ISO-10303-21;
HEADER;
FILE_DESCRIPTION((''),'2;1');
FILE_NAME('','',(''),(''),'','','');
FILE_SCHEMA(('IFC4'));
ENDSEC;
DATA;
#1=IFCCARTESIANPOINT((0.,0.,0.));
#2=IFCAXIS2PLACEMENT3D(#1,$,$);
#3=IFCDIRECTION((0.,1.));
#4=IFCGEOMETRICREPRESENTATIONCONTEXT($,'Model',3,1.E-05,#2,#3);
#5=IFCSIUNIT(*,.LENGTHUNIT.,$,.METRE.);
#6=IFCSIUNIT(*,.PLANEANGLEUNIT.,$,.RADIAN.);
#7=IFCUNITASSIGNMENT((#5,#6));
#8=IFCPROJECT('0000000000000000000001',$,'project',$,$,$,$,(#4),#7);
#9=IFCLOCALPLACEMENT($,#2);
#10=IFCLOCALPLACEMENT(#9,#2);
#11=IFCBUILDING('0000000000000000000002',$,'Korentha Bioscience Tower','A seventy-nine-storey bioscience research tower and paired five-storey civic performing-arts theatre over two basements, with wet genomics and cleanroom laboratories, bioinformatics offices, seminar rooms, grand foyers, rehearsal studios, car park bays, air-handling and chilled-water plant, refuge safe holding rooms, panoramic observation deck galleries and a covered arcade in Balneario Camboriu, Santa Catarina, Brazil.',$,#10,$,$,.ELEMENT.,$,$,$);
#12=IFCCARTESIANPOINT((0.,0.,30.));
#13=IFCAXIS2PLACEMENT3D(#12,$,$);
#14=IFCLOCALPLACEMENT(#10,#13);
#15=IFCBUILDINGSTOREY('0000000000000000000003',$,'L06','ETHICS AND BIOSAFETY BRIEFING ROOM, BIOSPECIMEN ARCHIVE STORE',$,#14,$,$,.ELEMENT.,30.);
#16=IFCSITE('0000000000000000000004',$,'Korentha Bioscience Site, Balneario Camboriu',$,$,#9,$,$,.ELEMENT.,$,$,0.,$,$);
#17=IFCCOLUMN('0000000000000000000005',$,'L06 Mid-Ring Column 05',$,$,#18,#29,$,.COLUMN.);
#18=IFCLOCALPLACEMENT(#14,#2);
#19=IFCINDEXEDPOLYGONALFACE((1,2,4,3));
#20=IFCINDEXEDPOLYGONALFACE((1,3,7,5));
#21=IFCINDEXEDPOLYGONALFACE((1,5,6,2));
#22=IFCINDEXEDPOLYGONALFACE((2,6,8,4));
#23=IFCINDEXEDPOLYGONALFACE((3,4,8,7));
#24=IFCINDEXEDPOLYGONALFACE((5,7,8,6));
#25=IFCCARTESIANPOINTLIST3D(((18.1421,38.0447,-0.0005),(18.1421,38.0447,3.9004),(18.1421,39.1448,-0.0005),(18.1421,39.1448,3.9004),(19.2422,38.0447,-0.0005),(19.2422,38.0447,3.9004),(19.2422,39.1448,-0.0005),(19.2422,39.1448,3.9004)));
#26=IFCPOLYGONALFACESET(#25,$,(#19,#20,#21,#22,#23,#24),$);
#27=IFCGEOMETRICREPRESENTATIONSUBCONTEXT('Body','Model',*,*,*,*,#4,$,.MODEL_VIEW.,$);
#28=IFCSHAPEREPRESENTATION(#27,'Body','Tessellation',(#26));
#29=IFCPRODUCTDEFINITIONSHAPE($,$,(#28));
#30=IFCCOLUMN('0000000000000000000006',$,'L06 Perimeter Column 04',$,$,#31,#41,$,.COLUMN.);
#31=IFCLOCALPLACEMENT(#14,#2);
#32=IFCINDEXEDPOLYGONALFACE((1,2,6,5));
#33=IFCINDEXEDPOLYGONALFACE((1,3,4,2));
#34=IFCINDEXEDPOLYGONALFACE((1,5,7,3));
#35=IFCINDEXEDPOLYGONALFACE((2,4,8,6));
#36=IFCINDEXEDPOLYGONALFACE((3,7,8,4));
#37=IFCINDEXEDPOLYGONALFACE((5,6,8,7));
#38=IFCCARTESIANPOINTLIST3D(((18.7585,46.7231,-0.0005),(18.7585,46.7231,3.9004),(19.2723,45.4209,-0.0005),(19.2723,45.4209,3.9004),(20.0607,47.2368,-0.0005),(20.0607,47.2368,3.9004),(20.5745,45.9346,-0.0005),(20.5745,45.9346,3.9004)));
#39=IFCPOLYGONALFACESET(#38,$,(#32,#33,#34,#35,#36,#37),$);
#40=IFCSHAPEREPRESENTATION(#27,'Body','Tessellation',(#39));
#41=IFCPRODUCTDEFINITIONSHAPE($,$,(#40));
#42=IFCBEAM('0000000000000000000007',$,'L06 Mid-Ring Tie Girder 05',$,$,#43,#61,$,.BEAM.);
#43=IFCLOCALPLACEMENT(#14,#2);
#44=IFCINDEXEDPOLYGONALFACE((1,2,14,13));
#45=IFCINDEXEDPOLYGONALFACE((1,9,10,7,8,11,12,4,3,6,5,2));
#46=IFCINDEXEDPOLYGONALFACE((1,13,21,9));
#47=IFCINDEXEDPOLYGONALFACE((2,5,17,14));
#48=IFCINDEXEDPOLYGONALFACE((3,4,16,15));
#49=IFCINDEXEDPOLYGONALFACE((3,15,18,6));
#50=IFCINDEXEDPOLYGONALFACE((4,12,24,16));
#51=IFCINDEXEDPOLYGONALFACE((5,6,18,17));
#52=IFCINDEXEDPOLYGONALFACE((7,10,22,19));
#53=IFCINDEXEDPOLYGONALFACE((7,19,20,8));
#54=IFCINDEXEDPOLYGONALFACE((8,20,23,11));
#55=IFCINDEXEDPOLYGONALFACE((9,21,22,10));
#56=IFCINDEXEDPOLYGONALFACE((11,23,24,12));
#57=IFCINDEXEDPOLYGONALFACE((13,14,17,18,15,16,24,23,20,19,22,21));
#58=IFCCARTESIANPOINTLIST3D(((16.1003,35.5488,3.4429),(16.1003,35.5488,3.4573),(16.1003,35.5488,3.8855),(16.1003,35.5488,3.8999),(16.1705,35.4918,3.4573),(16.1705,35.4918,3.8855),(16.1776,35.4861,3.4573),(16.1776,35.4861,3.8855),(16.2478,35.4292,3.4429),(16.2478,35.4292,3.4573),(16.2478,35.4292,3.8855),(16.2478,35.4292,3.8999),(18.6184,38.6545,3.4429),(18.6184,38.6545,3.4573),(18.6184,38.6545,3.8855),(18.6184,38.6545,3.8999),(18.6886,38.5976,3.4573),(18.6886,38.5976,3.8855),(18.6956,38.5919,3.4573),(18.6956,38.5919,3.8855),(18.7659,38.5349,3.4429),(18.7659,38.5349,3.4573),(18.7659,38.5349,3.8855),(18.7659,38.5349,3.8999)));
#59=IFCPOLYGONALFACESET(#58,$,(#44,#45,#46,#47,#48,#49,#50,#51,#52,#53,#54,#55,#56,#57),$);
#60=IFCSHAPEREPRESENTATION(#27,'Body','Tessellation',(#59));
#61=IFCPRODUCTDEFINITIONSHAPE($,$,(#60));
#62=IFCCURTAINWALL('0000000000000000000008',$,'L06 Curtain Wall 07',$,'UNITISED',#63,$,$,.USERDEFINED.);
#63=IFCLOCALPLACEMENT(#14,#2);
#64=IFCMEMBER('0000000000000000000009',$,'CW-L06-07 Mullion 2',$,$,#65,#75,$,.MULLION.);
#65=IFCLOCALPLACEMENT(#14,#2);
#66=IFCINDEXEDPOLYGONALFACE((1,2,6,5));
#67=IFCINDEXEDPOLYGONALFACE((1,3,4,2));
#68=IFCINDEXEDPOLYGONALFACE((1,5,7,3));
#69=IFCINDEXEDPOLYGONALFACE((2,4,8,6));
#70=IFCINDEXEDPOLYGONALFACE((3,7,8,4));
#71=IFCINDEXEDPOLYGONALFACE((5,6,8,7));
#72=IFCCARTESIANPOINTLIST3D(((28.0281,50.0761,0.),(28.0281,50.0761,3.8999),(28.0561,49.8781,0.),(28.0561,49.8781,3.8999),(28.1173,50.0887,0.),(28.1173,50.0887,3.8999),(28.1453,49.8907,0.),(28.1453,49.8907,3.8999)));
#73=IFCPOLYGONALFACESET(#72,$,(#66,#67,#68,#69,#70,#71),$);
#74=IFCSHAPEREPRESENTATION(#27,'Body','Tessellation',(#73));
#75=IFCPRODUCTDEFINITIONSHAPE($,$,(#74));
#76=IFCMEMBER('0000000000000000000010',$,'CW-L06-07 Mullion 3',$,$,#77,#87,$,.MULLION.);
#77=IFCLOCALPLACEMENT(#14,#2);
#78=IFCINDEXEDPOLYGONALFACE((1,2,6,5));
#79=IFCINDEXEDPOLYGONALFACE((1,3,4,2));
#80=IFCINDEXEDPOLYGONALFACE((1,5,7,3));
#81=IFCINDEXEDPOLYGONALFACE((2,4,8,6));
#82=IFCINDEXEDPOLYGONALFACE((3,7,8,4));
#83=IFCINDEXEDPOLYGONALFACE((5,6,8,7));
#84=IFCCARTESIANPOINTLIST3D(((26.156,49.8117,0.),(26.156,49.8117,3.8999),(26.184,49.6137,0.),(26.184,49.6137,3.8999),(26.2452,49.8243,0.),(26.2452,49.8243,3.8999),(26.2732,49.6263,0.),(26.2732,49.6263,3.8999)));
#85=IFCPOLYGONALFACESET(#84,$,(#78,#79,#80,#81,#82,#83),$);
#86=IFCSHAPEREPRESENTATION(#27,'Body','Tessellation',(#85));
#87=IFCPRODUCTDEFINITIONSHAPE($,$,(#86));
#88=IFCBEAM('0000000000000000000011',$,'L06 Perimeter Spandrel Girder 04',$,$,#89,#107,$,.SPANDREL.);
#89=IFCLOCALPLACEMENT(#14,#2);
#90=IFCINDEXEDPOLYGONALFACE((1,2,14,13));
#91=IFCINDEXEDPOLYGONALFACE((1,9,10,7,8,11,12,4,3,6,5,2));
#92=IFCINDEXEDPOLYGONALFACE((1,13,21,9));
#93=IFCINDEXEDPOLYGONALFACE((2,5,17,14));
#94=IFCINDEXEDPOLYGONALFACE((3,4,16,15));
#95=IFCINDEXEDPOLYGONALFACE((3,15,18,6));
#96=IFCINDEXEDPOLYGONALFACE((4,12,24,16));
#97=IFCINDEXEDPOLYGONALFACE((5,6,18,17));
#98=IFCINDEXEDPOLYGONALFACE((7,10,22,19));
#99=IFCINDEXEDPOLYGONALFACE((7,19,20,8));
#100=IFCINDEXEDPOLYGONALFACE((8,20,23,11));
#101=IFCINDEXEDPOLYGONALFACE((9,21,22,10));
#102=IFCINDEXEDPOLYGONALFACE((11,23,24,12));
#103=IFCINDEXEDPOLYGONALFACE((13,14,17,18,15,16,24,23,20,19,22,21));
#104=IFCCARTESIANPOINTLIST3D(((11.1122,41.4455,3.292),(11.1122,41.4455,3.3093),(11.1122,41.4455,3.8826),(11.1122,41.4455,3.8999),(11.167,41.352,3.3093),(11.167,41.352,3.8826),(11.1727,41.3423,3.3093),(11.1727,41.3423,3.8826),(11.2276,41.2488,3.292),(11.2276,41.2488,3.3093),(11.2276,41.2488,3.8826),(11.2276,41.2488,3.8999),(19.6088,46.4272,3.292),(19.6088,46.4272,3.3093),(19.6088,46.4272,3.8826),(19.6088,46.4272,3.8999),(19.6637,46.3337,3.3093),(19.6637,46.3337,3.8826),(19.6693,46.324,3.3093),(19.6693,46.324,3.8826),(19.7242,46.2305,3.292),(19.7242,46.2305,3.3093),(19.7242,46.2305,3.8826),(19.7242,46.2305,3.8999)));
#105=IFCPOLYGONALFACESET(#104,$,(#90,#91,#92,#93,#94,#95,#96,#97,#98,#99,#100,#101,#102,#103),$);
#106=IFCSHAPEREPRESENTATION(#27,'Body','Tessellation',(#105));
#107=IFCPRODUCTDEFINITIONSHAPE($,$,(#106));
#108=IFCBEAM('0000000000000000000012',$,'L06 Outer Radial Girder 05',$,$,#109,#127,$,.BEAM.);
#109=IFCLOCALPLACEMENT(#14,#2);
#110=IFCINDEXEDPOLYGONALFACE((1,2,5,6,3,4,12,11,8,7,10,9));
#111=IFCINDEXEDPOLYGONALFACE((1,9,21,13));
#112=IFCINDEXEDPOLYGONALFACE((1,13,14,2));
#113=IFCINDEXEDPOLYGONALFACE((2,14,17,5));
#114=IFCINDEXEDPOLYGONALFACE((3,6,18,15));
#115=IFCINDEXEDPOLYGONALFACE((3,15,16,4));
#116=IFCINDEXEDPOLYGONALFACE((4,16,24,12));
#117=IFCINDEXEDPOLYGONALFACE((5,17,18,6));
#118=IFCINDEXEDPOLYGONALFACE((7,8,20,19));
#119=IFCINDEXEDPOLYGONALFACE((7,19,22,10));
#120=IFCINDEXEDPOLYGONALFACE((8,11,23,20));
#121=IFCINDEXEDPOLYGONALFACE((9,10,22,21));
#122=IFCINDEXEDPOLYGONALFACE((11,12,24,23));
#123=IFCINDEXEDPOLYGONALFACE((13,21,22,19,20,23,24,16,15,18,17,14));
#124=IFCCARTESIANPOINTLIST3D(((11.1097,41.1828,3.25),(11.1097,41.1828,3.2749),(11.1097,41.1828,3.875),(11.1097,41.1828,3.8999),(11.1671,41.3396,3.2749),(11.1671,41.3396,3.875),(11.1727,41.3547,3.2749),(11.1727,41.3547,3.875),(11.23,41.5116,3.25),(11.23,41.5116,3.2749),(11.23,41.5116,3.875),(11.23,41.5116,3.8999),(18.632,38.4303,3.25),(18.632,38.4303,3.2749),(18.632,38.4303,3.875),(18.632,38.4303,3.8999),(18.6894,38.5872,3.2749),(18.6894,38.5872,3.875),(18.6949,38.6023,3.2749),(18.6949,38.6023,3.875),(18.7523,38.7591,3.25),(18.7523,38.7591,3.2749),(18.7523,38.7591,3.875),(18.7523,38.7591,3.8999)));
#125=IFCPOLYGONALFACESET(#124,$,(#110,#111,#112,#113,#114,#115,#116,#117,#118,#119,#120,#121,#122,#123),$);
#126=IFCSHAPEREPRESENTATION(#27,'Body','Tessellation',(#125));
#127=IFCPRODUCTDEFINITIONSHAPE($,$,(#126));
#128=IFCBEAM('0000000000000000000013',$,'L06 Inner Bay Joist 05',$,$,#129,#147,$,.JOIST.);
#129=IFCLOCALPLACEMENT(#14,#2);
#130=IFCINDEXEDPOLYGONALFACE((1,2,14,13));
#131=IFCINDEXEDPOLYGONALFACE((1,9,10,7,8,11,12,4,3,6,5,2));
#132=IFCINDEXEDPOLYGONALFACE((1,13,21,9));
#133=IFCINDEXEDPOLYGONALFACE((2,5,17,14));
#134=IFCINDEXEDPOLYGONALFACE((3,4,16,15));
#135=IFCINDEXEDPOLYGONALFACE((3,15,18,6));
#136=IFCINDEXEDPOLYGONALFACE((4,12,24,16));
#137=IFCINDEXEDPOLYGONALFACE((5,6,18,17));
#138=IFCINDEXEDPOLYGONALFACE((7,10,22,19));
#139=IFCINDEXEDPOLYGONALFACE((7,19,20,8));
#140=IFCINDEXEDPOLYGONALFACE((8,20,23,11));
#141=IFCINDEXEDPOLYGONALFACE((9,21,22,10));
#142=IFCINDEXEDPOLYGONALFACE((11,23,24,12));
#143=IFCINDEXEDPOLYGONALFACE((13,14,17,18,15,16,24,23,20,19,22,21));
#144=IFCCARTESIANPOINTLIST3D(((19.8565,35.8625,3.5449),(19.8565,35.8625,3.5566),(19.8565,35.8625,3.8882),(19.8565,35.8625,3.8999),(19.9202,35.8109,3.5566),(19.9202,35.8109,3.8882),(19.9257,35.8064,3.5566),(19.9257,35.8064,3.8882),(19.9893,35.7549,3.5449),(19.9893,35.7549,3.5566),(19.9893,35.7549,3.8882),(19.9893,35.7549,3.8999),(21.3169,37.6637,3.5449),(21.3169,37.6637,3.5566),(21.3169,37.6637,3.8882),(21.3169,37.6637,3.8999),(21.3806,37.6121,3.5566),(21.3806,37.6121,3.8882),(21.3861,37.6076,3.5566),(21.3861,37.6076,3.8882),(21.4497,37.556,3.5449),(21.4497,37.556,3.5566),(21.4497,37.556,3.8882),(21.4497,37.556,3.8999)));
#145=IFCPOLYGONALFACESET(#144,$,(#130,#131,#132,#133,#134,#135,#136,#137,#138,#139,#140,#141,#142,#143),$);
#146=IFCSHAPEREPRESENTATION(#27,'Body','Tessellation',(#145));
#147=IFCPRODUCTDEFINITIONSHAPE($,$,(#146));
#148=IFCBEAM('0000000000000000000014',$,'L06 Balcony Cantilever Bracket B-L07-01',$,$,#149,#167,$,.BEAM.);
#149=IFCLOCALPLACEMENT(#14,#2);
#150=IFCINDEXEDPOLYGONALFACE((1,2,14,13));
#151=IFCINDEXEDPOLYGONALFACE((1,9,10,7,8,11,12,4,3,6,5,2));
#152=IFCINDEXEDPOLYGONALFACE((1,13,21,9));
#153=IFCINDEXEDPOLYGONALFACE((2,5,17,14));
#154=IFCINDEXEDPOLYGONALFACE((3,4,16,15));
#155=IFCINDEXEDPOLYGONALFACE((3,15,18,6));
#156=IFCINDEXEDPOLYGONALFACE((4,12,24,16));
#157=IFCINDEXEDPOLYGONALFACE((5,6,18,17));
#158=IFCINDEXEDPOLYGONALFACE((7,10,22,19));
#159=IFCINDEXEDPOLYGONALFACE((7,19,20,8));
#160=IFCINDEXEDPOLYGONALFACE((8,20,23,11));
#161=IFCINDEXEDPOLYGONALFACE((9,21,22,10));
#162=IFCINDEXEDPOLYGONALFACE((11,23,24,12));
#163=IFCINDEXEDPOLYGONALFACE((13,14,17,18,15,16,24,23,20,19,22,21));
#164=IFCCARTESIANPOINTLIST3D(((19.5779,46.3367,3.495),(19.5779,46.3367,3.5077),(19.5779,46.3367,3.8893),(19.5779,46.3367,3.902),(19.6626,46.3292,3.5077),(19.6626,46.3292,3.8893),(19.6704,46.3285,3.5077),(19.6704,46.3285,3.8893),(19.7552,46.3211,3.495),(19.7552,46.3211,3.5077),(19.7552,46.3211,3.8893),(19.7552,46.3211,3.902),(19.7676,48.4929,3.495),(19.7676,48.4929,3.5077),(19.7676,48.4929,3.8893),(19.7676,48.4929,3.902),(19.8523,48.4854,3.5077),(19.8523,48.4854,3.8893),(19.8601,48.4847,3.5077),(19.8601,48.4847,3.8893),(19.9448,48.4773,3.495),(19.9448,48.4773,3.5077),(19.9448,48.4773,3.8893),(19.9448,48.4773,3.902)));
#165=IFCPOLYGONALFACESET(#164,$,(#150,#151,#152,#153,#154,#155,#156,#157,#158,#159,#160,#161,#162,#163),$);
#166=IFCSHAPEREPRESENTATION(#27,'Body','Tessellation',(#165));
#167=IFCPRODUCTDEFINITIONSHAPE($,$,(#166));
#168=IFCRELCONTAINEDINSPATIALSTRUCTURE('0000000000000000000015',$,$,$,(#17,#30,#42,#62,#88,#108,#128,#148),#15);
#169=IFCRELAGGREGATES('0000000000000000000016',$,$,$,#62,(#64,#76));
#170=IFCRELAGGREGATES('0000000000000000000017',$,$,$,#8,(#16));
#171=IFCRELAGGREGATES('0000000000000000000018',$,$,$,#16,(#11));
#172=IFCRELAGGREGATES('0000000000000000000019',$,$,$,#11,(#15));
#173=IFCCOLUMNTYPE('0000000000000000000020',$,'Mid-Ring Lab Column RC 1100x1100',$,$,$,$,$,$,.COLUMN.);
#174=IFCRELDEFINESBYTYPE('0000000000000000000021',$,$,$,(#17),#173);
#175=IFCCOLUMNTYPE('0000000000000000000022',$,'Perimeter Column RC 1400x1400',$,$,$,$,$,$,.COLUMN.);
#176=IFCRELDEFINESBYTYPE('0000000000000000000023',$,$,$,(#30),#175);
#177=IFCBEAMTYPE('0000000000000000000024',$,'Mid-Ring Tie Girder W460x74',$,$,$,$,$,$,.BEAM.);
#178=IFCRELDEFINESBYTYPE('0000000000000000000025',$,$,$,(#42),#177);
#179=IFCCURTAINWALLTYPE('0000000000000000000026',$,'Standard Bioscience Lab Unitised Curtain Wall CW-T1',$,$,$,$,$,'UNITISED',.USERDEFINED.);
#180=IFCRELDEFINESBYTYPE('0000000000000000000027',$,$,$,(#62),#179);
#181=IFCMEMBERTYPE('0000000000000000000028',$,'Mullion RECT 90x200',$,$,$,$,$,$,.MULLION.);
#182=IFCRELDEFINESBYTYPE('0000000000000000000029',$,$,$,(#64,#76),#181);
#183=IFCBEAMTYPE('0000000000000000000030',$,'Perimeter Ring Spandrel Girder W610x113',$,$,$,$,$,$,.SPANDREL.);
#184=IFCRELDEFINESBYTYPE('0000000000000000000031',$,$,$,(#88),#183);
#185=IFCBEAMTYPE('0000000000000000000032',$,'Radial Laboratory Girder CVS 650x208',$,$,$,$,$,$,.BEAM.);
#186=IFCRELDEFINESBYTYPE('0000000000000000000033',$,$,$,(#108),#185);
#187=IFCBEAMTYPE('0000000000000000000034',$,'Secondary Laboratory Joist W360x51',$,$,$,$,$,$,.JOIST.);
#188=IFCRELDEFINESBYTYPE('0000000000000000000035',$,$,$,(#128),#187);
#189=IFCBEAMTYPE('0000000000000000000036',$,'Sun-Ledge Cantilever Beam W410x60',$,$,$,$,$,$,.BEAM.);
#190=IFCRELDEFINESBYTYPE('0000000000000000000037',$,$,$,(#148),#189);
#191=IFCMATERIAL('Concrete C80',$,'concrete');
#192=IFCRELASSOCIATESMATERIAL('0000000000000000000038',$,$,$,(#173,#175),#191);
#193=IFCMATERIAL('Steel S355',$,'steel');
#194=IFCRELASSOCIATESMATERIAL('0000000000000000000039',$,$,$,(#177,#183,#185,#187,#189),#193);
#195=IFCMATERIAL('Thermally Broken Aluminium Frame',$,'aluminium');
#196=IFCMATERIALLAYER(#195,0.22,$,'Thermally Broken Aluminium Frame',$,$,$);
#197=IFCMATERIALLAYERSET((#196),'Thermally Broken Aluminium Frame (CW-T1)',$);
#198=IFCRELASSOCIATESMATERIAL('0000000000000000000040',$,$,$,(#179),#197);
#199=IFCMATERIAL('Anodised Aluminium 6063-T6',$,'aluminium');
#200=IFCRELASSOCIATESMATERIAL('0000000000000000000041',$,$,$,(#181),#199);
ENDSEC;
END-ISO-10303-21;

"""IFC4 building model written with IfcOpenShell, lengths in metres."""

from ifc_helpers import new_model, si_unit, direction, frame, origin, origin_2d, place, context, subcontext, project, spatial, rectangle, i_section, extrude, material, layer, layer_set, material_profile, profile_set, type_object, element, aggregate, save


model = new_model("IFC4")

# Units and contexts
model_context = context("Model", 3, precision=1e-05, world=origin(), true_north=direction((0.0, 1.0)))
body_context = subcontext(model_context, "Body", "Model", "MODEL_VIEW")
ifc_project = project(units=[si_unit("LENGTHUNIT", "METRE"), si_unit("PLANEANGLEUNIT", "RADIAN")], contexts=[model_context])

# Site, building, storey
site_placement = place(None, origin())
site = spatial("IfcSite", under=ifc_project, at=site_placement, Name="Korentha Bioscience Site, Balneario Camboriu", CompositionType="ELEMENT", RefElevation=0.0)
building_placement = place(site_placement, origin())
building = spatial("IfcBuilding", under=site, at=building_placement, Name="Korentha Bioscience Tower", Description="A seventy-nine-storey bioscience research tower and paired five-storey civic performing-arts theatre over two basements, with wet genomics and cleanroom laboratories, bioinformatics offices, seminar rooms, grand foyers, rehearsal studios, car park bays, air-handling and chilled-water plant, refuge safe holding rooms, panoramic observation deck galleries and a covered arcade in Balneario Camboriu, Santa Catarina, Brazil.", CompositionType="ELEMENT")
storey_placement = place(building_placement, frame((0.0, 0.0, 30.0)))
storey = spatial("IfcBuildingStorey", under=building, at=storey_placement, Name="L06", Description="ETHICS AND BIOSAFETY BRIEFING ROOM, BIOSPECIMEN ARCHIVE STORE", CompositionType="ELEMENT", Elevation=30.0)

# Columns
ifc_material_1 = material(Name="Concrete C80", Category="concrete")
ifc_material_profile_1 = material_profile(ifc_material_1, rectangle(XDim=1.1001, YDim=1.1001, at=origin_2d()), Name="Concrete C80")
ifc_profile_set_1 = profile_set([ifc_material_profile_1], Name="Concrete C80 (COL-MR11)")
column_type_1 = type_object("IfcColumnType", Name="Mid-Ring Lab Column RC 1100x1100", PredefinedType="COLUMN", material=ifc_profile_set_1)
column_1_placement = place(storey_placement, frame((18.6921, 38.5947, -0.0005), z_axis=(0.0, 0.0, 1.0), x_axis=(1.0, 0.0, 0.0)))
element("IfcColumn", 1, at=column_1_placement, inside=storey, type_object=column_type_1, Name="L06 Mid-Ring Column 05", PredefinedType="COLUMN", context=body_context, shape_type="SweptSolid", body=[
    extrude(rectangle(XDim=1.1001, YDim=1.1001, at=origin_2d()), origin(), (0.0, 0.0, 1.0), 3.9009),
])
ifc_material_profile_2 = material_profile(ifc_material_1, rectangle(XDim=1.3999, YDim=1.3999, at=origin_2d()), Name="Concrete C80")
ifc_profile_set_2 = profile_set([ifc_material_profile_2], Name="Concrete C80 (COL-P14)")
column_type_2 = type_object("IfcColumnType", Name="Perimeter Column RC 1400x1400", PredefinedType="COLUMN", material=ifc_profile_set_2)
column_2_placement = place(storey_placement, frame((19.6665, 46.3289, -0.0005), z_axis=(0.0, 0.0, 1.0), x_axis=(0.930226, 0.366988, 0.0)))
element("IfcColumn", 2, at=column_2_placement, inside=storey, type_object=column_type_2, Name="L06 Perimeter Column 04", PredefinedType="COLUMN", context=body_context, shape_type="SweptSolid", body=[
    extrude(rectangle(XDim=1.3999, YDim=1.3999, at=origin_2d()), origin(), (0.0, 0.0, 1.0), 3.9009),
])

# Beam
ifc_material_2 = material(Name="Steel S355", Category="steel")
ifc_material_profile_3 = material_profile(ifc_material_2, i_section(OverallWidth=0.1899, OverallDepth=0.457, WebThickness=0.009, FlangeThickness=0.0144, at=origin_2d()), Name="Steel S355")
ifc_profile_set_3 = profile_set([ifc_material_profile_3], Name="Steel S355 (MB-460)")
beam_type_1 = type_object("IfcBeamType", Name="Mid-Ring Tie Girder W460x74", PredefinedType="BEAM", material=ifc_profile_set_3)
beam_1_placement = place(storey_placement, frame((18.6921, 38.5947, 3.6714), z_axis=(-0.62979, -0.776765, 0.0), x_axis=(0.776765, -0.62979, 0.0)))
element("IfcBeam", 3, at=beam_1_placement, inside=storey, type_object=beam_type_1, Name="L06 Mid-Ring Tie Girder 05", PredefinedType="BEAM", context=body_context, shape_type="SweptSolid", body=[
    extrude(i_section(OverallWidth=0.1899, OverallDepth=0.457, WebThickness=0.009, FlangeThickness=0.0144, at=origin_2d()), origin(), (0.0, 0.0, 1.0), 3.9983),
])

# Curtain wall, members
ifc_material_3 = material(Name="Thermally Broken Aluminium Frame", Category="aluminium")
ifc_layer_1 = layer(ifc_material_3, 0.22, Name="Thermally Broken Aluminium Frame")
ifc_layer_set_1 = layer_set([ifc_layer_1], Name="Thermally Broken Aluminium Frame (CW-T1)")
curtain_wall_type = type_object("IfcCurtainWallType", Name="Standard Bioscience Lab Unitised Curtain Wall CW-T1", ElementType="UNITISED", PredefinedType="USERDEFINED", material=ifc_layer_set_1)
curtain_wall_placement = place(storey_placement, origin())
curtain_wall = element("IfcCurtainWall", 4, at=curtain_wall_placement, inside=storey, type_object=curtain_wall_type, Name="L06 Curtain Wall 07", ObjectType="UNITISED", PredefinedType="USERDEFINED")
ifc_material_4 = material(Name="Anodised Aluminium 6063-T6", Category="aluminium")
ifc_material_profile_4 = material_profile(ifc_material_4, rectangle(XDim=0.0901, YDim=0.2, at=origin_2d()), Name="Anodised Aluminium 6063-T6")
ifc_profile_set_4 = profile_set([ifc_material_profile_4], Name="Anodised Aluminium 6063-T6 (CW-MUL)")
member_type_1 = type_object("IfcMemberType", Name="Mullion RECT 90x200", PredefinedType="MULLION", material=ifc_profile_set_4)
member_1_placement = place(storey_placement, frame((28.0867, 49.9834, 0.0), z_axis=(0.0, 0.0, 1.0), x_axis=(-0.990167, -0.139888, 0.0)))
member_1 = element("IfcMember", 5, at=member_1_placement, type_object=member_type_1, Name="CW-L06-07 Mullion 2", PredefinedType="MULLION", context=body_context, shape_type="SweptSolid", body=[
    extrude(rectangle(XDim=0.0901, YDim=0.2, at=origin_2d()), origin(), (0.0, 0.0, 1.0), 3.8999),
])
member_2_placement = place(storey_placement, frame((26.2146, 49.719, 0.0), z_axis=(0.0, 0.0, 1.0), x_axis=(-0.990167, -0.139888, 0.0)))
member_2 = element("IfcMember", 6, at=member_2_placement, type_object=member_type_1, Name="CW-L06-07 Mullion 3", PredefinedType="MULLION", context=body_context, shape_type="SweptSolid", body=[
    extrude(rectangle(XDim=0.0901, YDim=0.2, at=origin_2d()), origin(), (0.0, 0.0, 1.0), 3.8999),
])

# Beams
ifc_material_profile_5 = material_profile(ifc_material_2, i_section(OverallWidth=0.228, OverallDepth=0.6079, WebThickness=0.0112, FlangeThickness=0.0173, at=origin_2d()), Name="Steel S355")
ifc_profile_set_5 = profile_set([ifc_material_profile_5], Name="Steel S355 (SB-610)")
beam_type_2 = type_object("IfcBeamType", Name="Perimeter Ring Spandrel Girder W610x113", PredefinedType="SPANDREL", material=ifc_profile_set_5)
beam_2_placement = place(storey_placement, frame((19.6665, 46.3289, 3.5959), z_axis=(-0.862657, -0.50579, 0.0), x_axis=(0.50579, -0.862657, 0.0)))
element("IfcBeam", 7, at=beam_2_placement, inside=storey, type_object=beam_type_2, Name="L06 Perimeter Spandrel Girder 04", PredefinedType="SPANDREL", context=body_context, shape_type="SweptSolid", body=[
    extrude(i_section(OverallWidth=0.228, OverallDepth=0.6079, WebThickness=0.0112, FlangeThickness=0.0173, at=origin_2d()), origin(), (0.0, 0.0, 1.0), 9.8494),
])
ifc_material_profile_6 = material_profile(ifc_material_2, i_section(OverallWidth=0.3501, OverallDepth=0.6499, WebThickness=0.0161, FlangeThickness=0.0249, at=origin_2d()), Name="Steel S355")
ifc_profile_set_6 = profile_set([ifc_material_profile_6], Name="Steel S355 (RB-650)")
beam_type_3 = type_object("IfcBeamType", Name="Radial Laboratory Girder CVS 650x208", PredefinedType="BEAM", material=ifc_profile_set_6)
beam_3_placement = place(storey_placement, frame((18.6921, 38.5947, 3.575), z_axis=(-0.939106, 0.343627, 0.0), x_axis=(-0.343627, -0.939106, 0.0)))
element("IfcBeam", 8, at=beam_3_placement, inside=storey, type_object=beam_type_3, Name="L06 Outer Radial Girder 05", PredefinedType="BEAM", context=body_context, shape_type="SweptSolid", body=[
    extrude(i_section(OverallWidth=0.3501, OverallDepth=0.6499, WebThickness=0.0161, FlangeThickness=0.0249, at=origin_2d()), origin(), (0.0, 0.0, 1.0), 8.01),
])
ifc_material_profile_7 = material_profile(ifc_material_2, i_section(OverallWidth=0.1709, OverallDepth=0.355, WebThickness=0.0071, FlangeThickness=0.0117, at=origin_2d()), Name="Steel S355")
ifc_profile_set_7 = profile_set([ifc_material_profile_7], Name="Steel S355 (JB-360)")
beam_type_4 = type_object("IfcBeamType", Name="Secondary Laboratory Joist W360x51", PredefinedType="JOIST", material=ifc_profile_set_7)
beam_4_placement = place(storey_placement, frame((21.3833, 37.6099, 3.7224), z_axis=(-0.629792, -0.776764, 0.0), x_axis=(0.776764, -0.629792, 0.0)))
element("IfcBeam", 9, at=beam_4_placement, inside=storey, type_object=beam_type_4, Name="L06 Inner Bay Joist 05", PredefinedType="JOIST", context=body_context, shape_type="SweptSolid", body=[
    extrude(i_section(OverallWidth=0.1709, OverallDepth=0.355, WebThickness=0.0071, FlangeThickness=0.0117, at=origin_2d()), origin(), (0.0, 0.0, 1.0), 2.3188),
])
ifc_material_profile_8 = material_profile(ifc_material_2, i_section(OverallWidth=0.178, OverallDepth=0.407, WebThickness=0.0078, FlangeThickness=0.0127, at=origin_2d()), Name="Steel S355")
ifc_profile_set_8 = profile_set([ifc_material_profile_8], Name="Steel S355 (CB-410)")
beam_type_5 = type_object("IfcBeamType", Name="Sun-Ledge Cantilever Beam W410x60", PredefinedType="BEAM", material=ifc_profile_set_8)
beam_5_placement = place(storey_placement, frame((19.6665, 46.3289, 3.6985), z_axis=(0.087637, 0.996152, 0.0), x_axis=(-0.996152, 0.087637, 0.0)))
element("IfcBeam", 10, at=beam_5_placement, inside=storey, type_object=beam_type_5, Name="L06 Balcony Cantilever Bracket B-L07-01", PredefinedType="BEAM", context=body_context, shape_type="SweptSolid", body=[
    extrude(i_section(OverallWidth=0.178, OverallDepth=0.407, WebThickness=0.0078, FlangeThickness=0.0127, at=origin_2d()), origin(), (0.0, 0.0, 1.0), 2.1646),
])

aggregate(curtain_wall, [member_1, member_2])

save(model, "model.ifc")
